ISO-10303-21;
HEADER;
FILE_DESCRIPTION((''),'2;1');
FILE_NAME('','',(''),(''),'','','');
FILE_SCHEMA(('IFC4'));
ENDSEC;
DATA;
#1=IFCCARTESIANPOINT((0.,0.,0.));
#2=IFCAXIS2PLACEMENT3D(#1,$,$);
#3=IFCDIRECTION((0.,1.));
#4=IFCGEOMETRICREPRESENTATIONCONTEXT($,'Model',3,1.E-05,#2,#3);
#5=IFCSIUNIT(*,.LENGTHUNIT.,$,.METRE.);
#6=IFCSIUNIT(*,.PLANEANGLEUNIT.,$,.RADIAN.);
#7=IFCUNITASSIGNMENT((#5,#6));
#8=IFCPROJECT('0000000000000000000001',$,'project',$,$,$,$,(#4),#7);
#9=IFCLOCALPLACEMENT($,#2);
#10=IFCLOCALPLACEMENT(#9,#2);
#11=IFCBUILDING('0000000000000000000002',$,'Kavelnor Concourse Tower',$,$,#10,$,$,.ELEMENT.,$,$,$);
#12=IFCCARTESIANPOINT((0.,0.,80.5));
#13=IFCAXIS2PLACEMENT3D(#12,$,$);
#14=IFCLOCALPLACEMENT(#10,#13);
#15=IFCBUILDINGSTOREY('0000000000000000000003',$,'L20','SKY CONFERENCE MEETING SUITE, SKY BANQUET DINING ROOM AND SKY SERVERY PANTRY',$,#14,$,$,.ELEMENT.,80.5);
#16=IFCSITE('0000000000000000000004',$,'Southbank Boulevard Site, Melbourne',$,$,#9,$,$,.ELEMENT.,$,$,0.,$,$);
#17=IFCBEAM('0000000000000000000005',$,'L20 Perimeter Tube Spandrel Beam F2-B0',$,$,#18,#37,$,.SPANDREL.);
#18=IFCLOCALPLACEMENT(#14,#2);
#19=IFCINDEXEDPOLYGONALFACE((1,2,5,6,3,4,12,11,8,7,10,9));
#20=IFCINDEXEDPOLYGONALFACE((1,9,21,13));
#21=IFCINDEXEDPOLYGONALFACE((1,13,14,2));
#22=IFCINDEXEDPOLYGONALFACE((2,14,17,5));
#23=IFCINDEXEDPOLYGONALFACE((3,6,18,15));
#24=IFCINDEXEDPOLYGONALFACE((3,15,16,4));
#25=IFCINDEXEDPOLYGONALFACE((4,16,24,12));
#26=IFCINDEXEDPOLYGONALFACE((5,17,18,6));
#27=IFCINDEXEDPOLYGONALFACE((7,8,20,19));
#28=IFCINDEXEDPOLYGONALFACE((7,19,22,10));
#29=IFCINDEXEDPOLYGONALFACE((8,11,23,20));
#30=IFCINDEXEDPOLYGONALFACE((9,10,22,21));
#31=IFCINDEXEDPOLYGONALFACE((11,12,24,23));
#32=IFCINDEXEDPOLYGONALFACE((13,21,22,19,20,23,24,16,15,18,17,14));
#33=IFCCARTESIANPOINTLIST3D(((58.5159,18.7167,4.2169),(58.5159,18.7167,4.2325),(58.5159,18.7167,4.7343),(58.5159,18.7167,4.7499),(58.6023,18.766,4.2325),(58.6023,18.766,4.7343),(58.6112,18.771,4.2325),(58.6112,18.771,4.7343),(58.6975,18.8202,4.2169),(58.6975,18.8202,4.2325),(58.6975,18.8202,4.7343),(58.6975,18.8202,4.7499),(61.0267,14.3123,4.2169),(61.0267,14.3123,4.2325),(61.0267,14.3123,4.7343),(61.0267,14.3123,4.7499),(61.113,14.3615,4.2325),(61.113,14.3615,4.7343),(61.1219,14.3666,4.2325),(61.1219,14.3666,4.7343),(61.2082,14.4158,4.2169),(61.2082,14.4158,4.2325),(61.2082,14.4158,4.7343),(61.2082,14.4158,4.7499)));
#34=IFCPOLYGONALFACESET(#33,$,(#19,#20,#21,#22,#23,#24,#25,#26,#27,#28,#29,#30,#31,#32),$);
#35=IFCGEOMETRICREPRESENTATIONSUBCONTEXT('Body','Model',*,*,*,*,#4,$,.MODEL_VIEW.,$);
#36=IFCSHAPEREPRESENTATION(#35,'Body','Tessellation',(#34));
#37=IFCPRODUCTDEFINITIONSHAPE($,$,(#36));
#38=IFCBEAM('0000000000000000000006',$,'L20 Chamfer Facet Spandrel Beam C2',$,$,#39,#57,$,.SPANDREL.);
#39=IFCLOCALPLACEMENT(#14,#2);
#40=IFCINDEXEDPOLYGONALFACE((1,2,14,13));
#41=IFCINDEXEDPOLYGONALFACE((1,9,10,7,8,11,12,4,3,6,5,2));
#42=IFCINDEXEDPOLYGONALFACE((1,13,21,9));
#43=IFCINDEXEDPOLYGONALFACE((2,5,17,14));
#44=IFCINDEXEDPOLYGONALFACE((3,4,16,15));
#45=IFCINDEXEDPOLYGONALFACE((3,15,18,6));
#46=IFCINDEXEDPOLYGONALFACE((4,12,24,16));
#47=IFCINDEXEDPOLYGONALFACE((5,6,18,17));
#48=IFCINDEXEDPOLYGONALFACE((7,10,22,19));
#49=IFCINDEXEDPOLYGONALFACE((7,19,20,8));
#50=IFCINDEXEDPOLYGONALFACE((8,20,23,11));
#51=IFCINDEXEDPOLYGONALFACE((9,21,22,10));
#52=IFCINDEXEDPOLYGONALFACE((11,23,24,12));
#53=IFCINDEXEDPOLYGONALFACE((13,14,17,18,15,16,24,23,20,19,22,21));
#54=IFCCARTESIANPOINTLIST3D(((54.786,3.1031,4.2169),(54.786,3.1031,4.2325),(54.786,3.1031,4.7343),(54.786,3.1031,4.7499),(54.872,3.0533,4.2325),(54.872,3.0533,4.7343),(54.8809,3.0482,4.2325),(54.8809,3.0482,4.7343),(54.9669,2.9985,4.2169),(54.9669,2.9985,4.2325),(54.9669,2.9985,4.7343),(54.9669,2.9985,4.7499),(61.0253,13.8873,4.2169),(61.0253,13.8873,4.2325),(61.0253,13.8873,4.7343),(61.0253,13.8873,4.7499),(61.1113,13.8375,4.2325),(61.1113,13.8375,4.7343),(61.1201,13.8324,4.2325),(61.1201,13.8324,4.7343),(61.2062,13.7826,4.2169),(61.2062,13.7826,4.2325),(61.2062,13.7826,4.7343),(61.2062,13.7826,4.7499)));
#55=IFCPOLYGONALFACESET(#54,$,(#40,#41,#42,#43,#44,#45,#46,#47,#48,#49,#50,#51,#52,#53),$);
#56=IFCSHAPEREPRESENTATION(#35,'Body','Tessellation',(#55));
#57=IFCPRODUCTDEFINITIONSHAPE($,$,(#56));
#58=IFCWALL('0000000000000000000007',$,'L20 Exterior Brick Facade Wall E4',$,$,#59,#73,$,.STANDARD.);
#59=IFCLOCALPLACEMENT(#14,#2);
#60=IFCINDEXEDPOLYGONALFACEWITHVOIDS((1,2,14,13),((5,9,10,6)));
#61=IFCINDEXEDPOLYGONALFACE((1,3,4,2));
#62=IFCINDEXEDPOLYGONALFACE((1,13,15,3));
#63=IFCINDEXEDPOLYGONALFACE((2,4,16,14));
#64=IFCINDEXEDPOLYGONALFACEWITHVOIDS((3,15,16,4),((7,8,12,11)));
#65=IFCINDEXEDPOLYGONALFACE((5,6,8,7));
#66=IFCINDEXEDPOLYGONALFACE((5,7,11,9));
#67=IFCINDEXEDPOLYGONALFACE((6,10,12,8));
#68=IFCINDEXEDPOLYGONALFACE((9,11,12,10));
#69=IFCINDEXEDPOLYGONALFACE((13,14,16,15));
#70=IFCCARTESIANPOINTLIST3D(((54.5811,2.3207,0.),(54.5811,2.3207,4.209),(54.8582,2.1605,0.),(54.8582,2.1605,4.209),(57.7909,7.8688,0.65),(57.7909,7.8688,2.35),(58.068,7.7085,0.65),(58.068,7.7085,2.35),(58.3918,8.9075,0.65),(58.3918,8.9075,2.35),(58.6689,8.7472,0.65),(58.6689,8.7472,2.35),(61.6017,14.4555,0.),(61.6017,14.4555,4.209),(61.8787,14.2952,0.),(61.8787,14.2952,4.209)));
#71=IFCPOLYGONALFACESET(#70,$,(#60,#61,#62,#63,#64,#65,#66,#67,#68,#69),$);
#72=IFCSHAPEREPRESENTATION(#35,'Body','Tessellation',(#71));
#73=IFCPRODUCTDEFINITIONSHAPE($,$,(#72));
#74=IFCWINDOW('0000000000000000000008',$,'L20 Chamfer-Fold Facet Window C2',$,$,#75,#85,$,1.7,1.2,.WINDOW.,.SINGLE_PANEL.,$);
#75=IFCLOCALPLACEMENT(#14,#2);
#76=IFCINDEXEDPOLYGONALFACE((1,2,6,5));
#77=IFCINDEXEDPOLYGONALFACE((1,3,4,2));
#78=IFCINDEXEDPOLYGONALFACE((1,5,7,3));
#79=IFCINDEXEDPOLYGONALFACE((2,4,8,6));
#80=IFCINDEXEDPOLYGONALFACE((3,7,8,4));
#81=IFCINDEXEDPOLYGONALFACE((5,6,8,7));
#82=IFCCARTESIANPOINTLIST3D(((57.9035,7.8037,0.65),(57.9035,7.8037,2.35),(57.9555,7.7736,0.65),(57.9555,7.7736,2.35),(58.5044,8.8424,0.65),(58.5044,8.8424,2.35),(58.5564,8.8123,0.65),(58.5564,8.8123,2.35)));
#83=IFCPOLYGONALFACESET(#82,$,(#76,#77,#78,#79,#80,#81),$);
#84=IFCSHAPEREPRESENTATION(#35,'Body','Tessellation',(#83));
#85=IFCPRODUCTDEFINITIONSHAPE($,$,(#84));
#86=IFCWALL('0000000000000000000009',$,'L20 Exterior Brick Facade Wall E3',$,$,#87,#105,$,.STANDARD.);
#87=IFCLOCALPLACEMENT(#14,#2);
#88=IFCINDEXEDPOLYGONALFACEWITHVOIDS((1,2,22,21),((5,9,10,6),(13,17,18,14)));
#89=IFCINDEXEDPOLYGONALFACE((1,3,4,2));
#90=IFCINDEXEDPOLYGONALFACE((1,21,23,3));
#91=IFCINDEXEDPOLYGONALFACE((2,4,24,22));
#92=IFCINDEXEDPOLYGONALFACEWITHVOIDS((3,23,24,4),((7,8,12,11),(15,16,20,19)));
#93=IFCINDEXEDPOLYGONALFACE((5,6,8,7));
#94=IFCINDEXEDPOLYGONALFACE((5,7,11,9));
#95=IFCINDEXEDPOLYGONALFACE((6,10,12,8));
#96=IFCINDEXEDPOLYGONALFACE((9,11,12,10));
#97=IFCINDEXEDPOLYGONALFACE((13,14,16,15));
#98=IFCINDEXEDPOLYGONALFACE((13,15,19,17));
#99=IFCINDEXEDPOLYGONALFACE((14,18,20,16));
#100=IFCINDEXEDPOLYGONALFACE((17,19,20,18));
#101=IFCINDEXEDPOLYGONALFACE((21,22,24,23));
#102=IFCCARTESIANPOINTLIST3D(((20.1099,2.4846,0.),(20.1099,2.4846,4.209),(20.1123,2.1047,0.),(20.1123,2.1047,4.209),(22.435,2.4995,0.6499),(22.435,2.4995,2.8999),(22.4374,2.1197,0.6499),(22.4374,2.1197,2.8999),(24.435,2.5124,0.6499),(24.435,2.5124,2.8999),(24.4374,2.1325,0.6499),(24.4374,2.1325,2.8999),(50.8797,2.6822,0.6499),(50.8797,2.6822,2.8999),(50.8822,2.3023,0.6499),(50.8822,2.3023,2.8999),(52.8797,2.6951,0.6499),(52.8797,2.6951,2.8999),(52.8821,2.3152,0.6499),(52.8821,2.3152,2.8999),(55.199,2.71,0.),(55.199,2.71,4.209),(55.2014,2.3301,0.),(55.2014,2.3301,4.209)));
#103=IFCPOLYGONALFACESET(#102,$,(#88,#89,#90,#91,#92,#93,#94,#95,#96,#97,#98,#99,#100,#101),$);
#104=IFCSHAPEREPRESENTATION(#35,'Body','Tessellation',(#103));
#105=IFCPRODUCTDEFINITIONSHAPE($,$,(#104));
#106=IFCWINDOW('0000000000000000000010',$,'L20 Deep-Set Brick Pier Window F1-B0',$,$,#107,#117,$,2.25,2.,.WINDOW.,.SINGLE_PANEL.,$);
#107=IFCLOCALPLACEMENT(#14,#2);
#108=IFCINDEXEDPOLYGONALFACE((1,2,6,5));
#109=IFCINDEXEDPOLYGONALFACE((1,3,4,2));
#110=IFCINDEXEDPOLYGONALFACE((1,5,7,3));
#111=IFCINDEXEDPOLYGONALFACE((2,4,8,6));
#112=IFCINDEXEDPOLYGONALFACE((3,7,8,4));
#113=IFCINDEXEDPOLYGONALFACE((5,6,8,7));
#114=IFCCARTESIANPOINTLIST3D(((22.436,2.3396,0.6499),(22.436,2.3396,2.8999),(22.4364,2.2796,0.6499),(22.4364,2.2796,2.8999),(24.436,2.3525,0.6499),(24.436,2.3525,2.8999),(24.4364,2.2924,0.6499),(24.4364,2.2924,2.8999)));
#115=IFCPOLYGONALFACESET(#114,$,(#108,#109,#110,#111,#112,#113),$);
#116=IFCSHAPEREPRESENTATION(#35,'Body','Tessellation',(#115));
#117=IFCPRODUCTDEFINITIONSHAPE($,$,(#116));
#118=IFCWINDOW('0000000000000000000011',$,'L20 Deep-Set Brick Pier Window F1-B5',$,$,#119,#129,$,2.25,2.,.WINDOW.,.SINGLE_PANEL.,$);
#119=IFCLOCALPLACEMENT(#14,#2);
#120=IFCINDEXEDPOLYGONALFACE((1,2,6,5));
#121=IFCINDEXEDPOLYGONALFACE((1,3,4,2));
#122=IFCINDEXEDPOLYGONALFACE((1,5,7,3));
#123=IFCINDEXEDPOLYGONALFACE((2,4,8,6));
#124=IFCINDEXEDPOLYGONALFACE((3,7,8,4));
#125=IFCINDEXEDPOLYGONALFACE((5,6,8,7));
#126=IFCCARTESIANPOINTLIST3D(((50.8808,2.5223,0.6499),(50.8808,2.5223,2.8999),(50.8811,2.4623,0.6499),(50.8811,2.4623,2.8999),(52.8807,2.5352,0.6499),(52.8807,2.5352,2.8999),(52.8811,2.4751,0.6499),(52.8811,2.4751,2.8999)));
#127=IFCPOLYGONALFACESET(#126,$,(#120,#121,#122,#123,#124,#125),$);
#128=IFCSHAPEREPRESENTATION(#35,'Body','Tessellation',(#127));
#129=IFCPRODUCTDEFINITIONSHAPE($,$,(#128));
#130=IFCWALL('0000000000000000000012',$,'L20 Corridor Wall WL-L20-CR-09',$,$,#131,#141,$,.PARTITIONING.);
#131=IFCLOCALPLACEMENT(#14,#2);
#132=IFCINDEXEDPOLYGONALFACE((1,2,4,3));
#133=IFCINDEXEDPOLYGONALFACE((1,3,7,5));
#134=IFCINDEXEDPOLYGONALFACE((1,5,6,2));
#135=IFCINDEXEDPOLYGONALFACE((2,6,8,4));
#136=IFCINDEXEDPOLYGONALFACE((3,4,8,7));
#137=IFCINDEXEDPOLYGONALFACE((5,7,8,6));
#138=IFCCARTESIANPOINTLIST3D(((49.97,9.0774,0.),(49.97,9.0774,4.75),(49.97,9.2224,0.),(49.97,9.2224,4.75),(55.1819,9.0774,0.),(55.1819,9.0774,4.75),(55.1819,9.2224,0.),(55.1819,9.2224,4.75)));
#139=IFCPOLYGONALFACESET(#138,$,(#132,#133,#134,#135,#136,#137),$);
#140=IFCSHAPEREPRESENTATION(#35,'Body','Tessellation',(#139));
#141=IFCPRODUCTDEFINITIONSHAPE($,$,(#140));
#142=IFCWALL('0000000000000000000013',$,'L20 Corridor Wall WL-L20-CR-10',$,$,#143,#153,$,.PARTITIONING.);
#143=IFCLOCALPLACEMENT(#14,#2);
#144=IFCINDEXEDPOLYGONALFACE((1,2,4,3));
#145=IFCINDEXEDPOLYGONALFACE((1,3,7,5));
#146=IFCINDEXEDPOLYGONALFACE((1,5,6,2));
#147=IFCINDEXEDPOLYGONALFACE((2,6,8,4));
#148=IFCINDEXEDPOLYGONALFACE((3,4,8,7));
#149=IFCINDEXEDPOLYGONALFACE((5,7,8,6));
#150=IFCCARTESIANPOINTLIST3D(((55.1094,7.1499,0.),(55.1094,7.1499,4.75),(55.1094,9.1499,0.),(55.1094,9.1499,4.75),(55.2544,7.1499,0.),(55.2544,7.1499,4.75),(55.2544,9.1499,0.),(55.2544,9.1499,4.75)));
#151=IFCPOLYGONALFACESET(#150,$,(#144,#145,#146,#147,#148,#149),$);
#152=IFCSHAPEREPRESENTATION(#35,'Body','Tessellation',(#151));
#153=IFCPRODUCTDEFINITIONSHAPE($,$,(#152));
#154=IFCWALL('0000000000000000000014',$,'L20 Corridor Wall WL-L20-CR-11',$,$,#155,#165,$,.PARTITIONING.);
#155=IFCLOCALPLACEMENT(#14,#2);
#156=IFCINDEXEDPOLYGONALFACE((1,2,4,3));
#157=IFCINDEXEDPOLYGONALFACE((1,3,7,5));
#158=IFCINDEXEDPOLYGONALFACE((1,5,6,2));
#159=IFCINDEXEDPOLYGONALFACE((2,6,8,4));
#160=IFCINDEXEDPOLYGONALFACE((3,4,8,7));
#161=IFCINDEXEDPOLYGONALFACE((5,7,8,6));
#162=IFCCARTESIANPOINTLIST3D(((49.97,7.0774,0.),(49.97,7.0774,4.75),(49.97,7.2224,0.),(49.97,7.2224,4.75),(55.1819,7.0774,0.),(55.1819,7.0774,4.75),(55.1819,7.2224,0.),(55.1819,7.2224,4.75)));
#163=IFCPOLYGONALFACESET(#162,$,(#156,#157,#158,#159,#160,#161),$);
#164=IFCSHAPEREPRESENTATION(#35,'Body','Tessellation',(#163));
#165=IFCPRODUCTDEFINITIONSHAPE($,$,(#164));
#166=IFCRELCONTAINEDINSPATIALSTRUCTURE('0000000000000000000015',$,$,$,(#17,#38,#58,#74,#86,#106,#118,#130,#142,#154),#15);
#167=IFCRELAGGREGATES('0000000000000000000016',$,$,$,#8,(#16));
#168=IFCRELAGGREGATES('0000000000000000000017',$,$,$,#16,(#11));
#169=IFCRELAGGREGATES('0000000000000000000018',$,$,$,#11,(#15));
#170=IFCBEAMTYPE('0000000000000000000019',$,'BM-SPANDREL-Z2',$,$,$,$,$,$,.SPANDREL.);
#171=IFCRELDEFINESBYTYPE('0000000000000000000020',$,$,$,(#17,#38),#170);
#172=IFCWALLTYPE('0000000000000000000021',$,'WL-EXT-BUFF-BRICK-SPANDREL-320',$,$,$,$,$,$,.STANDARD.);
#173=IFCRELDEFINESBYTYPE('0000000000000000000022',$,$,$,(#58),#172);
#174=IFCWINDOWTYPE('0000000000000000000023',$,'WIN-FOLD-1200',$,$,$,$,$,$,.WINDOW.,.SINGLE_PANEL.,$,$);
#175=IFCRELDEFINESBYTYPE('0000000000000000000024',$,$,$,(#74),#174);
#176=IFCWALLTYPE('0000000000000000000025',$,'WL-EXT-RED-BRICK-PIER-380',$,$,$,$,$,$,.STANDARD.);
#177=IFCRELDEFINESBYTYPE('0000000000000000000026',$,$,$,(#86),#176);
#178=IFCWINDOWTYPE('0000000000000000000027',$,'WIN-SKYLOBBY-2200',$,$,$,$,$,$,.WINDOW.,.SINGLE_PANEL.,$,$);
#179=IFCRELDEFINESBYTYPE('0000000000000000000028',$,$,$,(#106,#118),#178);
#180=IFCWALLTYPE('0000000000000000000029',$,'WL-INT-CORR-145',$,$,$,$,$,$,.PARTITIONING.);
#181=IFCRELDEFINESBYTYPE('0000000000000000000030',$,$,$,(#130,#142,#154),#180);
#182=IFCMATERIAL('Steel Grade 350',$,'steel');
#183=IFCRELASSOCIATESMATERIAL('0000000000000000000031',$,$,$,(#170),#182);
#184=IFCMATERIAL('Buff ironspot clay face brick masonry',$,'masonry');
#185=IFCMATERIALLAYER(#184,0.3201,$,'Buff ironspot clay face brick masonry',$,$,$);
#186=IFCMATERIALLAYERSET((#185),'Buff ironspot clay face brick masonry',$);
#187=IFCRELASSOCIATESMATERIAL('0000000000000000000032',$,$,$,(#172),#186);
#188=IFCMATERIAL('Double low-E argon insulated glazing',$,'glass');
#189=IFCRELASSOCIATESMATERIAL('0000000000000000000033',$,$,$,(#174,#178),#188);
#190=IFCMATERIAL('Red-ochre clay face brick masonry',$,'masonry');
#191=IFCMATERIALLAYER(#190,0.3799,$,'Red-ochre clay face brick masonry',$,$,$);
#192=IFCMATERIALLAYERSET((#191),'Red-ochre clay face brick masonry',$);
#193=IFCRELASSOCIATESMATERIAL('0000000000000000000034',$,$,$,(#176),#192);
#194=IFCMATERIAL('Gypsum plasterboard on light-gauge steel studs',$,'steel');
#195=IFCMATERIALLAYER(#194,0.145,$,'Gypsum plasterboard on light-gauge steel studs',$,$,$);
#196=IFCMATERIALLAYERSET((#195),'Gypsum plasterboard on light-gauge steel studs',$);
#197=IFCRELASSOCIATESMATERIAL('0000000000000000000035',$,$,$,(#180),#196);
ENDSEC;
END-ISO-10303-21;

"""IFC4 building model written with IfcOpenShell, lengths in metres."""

from ifc_helpers import new_model, si_unit, direction, frame, frame_2d, origin, origin_2d, place, context, subcontext, project, spatial, rectangle, i_section, extrude, material, layer, layer_set, material_profile, profile_set, type_object, element, fill, save


model = new_model("IFC4")

# Units and contexts
model_context = context("Model", 3, precision=1e-05, world=origin(), true_north=direction((0.0, 1.0)))
body_context = subcontext(model_context, "Body", "Model", "MODEL_VIEW")
ifc_project = project(units=[si_unit("LENGTHUNIT", "METRE"), si_unit("PLANEANGLEUNIT", "RADIAN")], contexts=[model_context])

# Site, building, storey
site_placement = place(None, origin())
site = spatial("IfcSite", under=ifc_project, at=site_placement, Name="Southbank Boulevard Site, Melbourne", CompositionType="ELEMENT", RefElevation=0.0)
building_placement = place(site_placement, origin())
building = spatial("IfcBuilding", under=site, at=building_placement, Name="Kavelnor Concourse Tower", CompositionType="ELEMENT")
storey_placement = place(building_placement, frame((0.0, 0.0, 80.5)))
storey = spatial("IfcBuildingStorey", under=building, at=storey_placement, Name="L20", Description="SKY CONFERENCE MEETING SUITE, SKY BANQUET DINING ROOM AND SKY SERVERY PANTRY", CompositionType="ELEMENT", Elevation=80.5)

# Shared definitions
ifc_material_1 = material(Name="Steel Grade 350", Category="steel")

# Beams
ifc_material_profile_1 = material_profile(ifc_material_1, i_section(OverallWidth=0.209, OverallDepth=0.533, WebThickness=0.0103, FlangeThickness=0.0156, at=origin_2d()), Name="530UB92")
ifc_profile_set_1 = profile_set([ifc_material_profile_1], Name="Steel Grade 350")
beam_type_1 = type_object("IfcBeamType", Name="BM-SPANDREL-Z2", PredefinedType="SPANDREL", material=ifc_profile_set_1)
beam_1_placement = place(storey_placement, frame((61.1174, 14.364, 4.4834), z_axis=(-0.495226, 0.868764, 0.0), x_axis=(-0.868764, -0.495226, 0.0)))
element("IfcBeam", 1, at=beam_1_placement, inside=storey, type_object=beam_type_1, Name="L20 Perimeter Tube Spandrel Beam F2-B0", PredefinedType="SPANDREL", context=body_context, shape_type="SweptSolid", body=[
    extrude(i_section(OverallWidth=0.209, OverallDepth=0.533, WebThickness=0.0103, FlangeThickness=0.0156, at=origin_2d()), origin(), (0.0, 0.0, 1.0), 5.0698),
])
beam_2_placement = place(storey_placement, frame((54.8765, 3.0508, 4.4834), z_axis=(0.500783, 0.865573, 0.0), x_axis=(-0.865573, 0.500783, 0.0)))
element("IfcBeam", 2, at=beam_2_placement, inside=storey, type_object=beam_type_1, Name="L20 Chamfer Facet Spandrel Beam C2", PredefinedType="SPANDREL", context=body_context, shape_type="SweptSolid", body=[
    extrude(i_section(OverallWidth=0.209, OverallDepth=0.533, WebThickness=0.0103, FlangeThickness=0.0156, at=origin_2d()), origin(), (0.0, 0.0, 1.0), 12.459),
])

# Wall, opening, window
ifc_material_2 = material(Name="Buff ironspot clay face brick masonry", Category="masonry")
ifc_layer_1 = layer(ifc_material_2, 0.3201, Name="Buff ironspot clay face brick masonry")
ifc_layer_set_1 = layer_set([ifc_layer_1], Name="Buff ironspot clay face brick masonry")
wall_type_1 = type_object("IfcWallType", Name="WL-EXT-BUFF-BRICK-SPANDREL-320", PredefinedType="STANDARD", material=ifc_layer_set_1)
wall_1_placement = place(storey_placement, frame((61.7402, 14.3755, 0.0), z_axis=(0.0, 0.0, 1.0), x_axis=(-0.500775, -0.865577, 0.0)))
wall_1 = element("IfcWall", 3, at=wall_1_placement, inside=storey, type_object=wall_type_1, Name="L20 Exterior Brick Facade Wall E4", PredefinedType="STANDARD", context=body_context, shape_type="SweptSolid", body=[
    extrude(rectangle(XDim=14.0193, YDim=0.3201, at=frame_2d((7.0098, 0.0))), origin(), (0.0, 0.0, 1.0), 4.209),
])
opening_1_placement = place(wall_1_placement, frame((6.4097, 0.0, 0.6499)))
opening_1 = element("IfcOpeningElement", 4, at=opening_1_placement, cuts=wall_1, PredefinedType="OPENING", context=body_context, shape_type="SweptSolid", body=[
    extrude(rectangle(XDim=1.2, YDim=1.7, at=frame_2d((0.6001, 0.8501))), frame((0.0, 0.1699, 0.0), z_axis=(0.0, -1.0, 0.0), x_axis=(1.0, 0.0, 0.0)), (0.0, 0.0, 1.0), 0.3401),
])
ifc_material_3 = material(Name="Double low-E argon insulated glazing", Category="glass")
window_type_1 = type_object("IfcWindowType", Name="WIN-FOLD-1200", PartitioningType="SINGLE_PANEL", PredefinedType="WINDOW", material=ifc_material_3)
window_1_placement = place(opening_1_placement, origin())
window_1 = element("IfcWindow", 5, at=window_1_placement, inside=storey, type_object=window_type_1, Name="L20 Chamfer-Fold Facet Window C2", OverallHeight=1.7, OverallWidth=1.2, PartitioningType="SINGLE_PANEL", PredefinedType="WINDOW", context=body_context, shape_type="SweptSolid", body=[
    extrude(rectangle(XDim=1.2, YDim=1.7, at=frame_2d((0.6001, 0.8501))), frame((0.0, 0.03, 0.0), z_axis=(0.0, -1.0, 0.0), x_axis=(1.0, 0.0, 0.0)), (0.0, 0.0, 1.0), 0.0601),
])
fill(opening_1, window_1)

# Wall, openings, windows
ifc_material_4 = material(Name="Red-ochre clay face brick masonry", Category="masonry")
ifc_layer_2 = layer(ifc_material_4, 0.3799, Name="Red-ochre clay face brick masonry")
ifc_layer_set_2 = layer_set([ifc_layer_2], Name="Red-ochre clay face brick masonry")
wall_type_2 = type_object("IfcWallType", Name="WL-EXT-RED-BRICK-PIER-380", PredefinedType="STANDARD", material=ifc_layer_set_2)
wall_2_placement = place(storey_placement, frame((55.2002, 2.52, 0.0), z_axis=(0.0, 0.0, 1.0), x_axis=(-0.999979, -0.006422, 0.0)))
wall_2 = element("IfcWall", 6, at=wall_2_placement, inside=storey, type_object=wall_type_2, Name="L20 Exterior Brick Facade Wall E3", PredefinedType="STANDARD", context=body_context, shape_type="SweptSolid", body=[
    extrude(rectangle(XDim=35.0898, YDim=0.3799, at=frame_2d((17.5449, 0.0))), origin(), (0.0, 0.0, 1.0), 4.209),
])
opening_2_placement = place(wall_2_placement, frame((30.7646, 0.0, 0.6499)))
opening_2 = element("IfcOpeningElement", 7, at=opening_2_placement, cuts=wall_2, PredefinedType="OPENING", context=body_context, shape_type="SweptSolid", body=[
    extrude(rectangle(XDim=2.0, YDim=2.25, at=frame_2d((1.0, 1.125))), frame((0.0, 0.2, 0.0), z_axis=(0.0, -1.0, 0.0), x_axis=(1.0, 0.0, 0.0)), (0.0, 0.0, 1.0), 0.3999),
])
opening_3_placement = place(wall_2_placement, frame((2.3193, 0.0, 0.6499)))
opening_3 = element("IfcOpeningElement", 8, at=opening_3_placement, cuts=wall_2, PredefinedType="OPENING", context=body_context, shape_type="SweptSolid", body=[
    extrude(rectangle(XDim=2.0, YDim=2.25, at=frame_2d((1.0, 1.125))), frame((0.0, 0.2, 0.0), z_axis=(0.0, -1.0, 0.0), x_axis=(1.0, 0.0, 0.0)), (0.0, 0.0, 1.0), 0.3999),
])
window_type_2 = type_object("IfcWindowType", Name="WIN-SKYLOBBY-2200", PartitioningType="SINGLE_PANEL", PredefinedType="WINDOW", material=ifc_material_3)
window_2_placement = place(opening_2_placement, origin())
window_2 = element("IfcWindow", 9, at=window_2_placement, inside=storey, type_object=window_type_2, Name="L20 Deep-Set Brick Pier Window F1-B0", OverallHeight=2.25, OverallWidth=2.0, PartitioningType="SINGLE_PANEL", PredefinedType="WINDOW", context=body_context, shape_type="SweptSolid", body=[
    extrude(rectangle(XDim=2.0, YDim=2.25, at=frame_2d((1.0, 1.125))), frame((0.0, 0.03, 0.0), z_axis=(0.0, -1.0, 0.0), x_axis=(1.0, 0.0, 0.0)), (0.0, 0.0, 1.0), 0.0601),
])
fill(opening_2, window_2)
window_3_placement = place(opening_3_placement, origin())
window_3 = element("IfcWindow", 10, at=window_3_placement, inside=storey, type_object=window_type_2, Name="L20 Deep-Set Brick Pier Window F1-B5", OverallHeight=2.25, OverallWidth=2.0, PartitioningType="SINGLE_PANEL", PredefinedType="WINDOW", context=body_context, shape_type="SweptSolid", body=[
    extrude(rectangle(XDim=2.0, YDim=2.25, at=frame_2d((1.0, 1.125))), frame((0.0, 0.03, 0.0), z_axis=(0.0, -1.0, 0.0), x_axis=(1.0, 0.0, 0.0)), (0.0, 0.0, 1.0), 0.0601),
])
fill(opening_3, window_3)

# Walls
ifc_material_5 = material(Name="Gypsum plasterboard on light-gauge steel studs", Category="steel")
ifc_layer_3 = layer(ifc_material_5, 0.145, Name="Gypsum plasterboard on light-gauge steel studs")
ifc_layer_set_3 = layer_set([ifc_layer_3], Name="Gypsum plasterboard on light-gauge steel studs")
wall_type_3 = type_object("IfcWallType", Name="WL-INT-CORR-145", PredefinedType="PARTITIONING", material=ifc_layer_set_3)
wall_3_placement = place(storey_placement, frame((49.97, 9.1499, 0.0), z_axis=(0.0, 0.0, 1.0), x_axis=(1.0, 0.0, 0.0)))
element("IfcWall", 11, at=wall_3_placement, inside=storey, type_object=wall_type_3, Name="L20 Corridor Wall WL-L20-CR-09", PredefinedType="PARTITIONING", context=body_context, shape_type="SweptSolid", body=[
    extrude(rectangle(XDim=5.2119, YDim=0.145, at=frame_2d((2.606, 0.0))), origin(), (0.0, 0.0, 1.0), 4.75),
])
wall_4_placement = place(storey_placement, frame((55.1819, 9.1499, 0.0), z_axis=(0.0, 0.0, 1.0), x_axis=(0.0, -1.0, 0.0)))
element("IfcWall", 12, at=wall_4_placement, inside=storey, type_object=wall_type_3, Name="L20 Corridor Wall WL-L20-CR-10", PredefinedType="PARTITIONING", context=body_context, shape_type="SweptSolid", body=[
    extrude(rectangle(XDim=2.0, YDim=0.145, at=frame_2d((1.0, 0.0))), origin(), (0.0, 0.0, 1.0), 4.75),
])
wall_5_placement = place(storey_placement, frame((55.1819, 7.1499, 0.0), z_axis=(0.0, 0.0, 1.0), x_axis=(-1.0, 0.0, 0.0)))
element("IfcWall", 13, at=wall_5_placement, inside=storey, type_object=wall_type_3, Name="L20 Corridor Wall WL-L20-CR-11", PredefinedType="PARTITIONING", context=body_context, shape_type="SweptSolid", body=[
    extrude(rectangle(XDim=5.2119, YDim=0.145, at=frame_2d((2.606, 0.0))), origin(), (0.0, 0.0, 1.0), 4.75),
])

save(model, "model.ifc")
